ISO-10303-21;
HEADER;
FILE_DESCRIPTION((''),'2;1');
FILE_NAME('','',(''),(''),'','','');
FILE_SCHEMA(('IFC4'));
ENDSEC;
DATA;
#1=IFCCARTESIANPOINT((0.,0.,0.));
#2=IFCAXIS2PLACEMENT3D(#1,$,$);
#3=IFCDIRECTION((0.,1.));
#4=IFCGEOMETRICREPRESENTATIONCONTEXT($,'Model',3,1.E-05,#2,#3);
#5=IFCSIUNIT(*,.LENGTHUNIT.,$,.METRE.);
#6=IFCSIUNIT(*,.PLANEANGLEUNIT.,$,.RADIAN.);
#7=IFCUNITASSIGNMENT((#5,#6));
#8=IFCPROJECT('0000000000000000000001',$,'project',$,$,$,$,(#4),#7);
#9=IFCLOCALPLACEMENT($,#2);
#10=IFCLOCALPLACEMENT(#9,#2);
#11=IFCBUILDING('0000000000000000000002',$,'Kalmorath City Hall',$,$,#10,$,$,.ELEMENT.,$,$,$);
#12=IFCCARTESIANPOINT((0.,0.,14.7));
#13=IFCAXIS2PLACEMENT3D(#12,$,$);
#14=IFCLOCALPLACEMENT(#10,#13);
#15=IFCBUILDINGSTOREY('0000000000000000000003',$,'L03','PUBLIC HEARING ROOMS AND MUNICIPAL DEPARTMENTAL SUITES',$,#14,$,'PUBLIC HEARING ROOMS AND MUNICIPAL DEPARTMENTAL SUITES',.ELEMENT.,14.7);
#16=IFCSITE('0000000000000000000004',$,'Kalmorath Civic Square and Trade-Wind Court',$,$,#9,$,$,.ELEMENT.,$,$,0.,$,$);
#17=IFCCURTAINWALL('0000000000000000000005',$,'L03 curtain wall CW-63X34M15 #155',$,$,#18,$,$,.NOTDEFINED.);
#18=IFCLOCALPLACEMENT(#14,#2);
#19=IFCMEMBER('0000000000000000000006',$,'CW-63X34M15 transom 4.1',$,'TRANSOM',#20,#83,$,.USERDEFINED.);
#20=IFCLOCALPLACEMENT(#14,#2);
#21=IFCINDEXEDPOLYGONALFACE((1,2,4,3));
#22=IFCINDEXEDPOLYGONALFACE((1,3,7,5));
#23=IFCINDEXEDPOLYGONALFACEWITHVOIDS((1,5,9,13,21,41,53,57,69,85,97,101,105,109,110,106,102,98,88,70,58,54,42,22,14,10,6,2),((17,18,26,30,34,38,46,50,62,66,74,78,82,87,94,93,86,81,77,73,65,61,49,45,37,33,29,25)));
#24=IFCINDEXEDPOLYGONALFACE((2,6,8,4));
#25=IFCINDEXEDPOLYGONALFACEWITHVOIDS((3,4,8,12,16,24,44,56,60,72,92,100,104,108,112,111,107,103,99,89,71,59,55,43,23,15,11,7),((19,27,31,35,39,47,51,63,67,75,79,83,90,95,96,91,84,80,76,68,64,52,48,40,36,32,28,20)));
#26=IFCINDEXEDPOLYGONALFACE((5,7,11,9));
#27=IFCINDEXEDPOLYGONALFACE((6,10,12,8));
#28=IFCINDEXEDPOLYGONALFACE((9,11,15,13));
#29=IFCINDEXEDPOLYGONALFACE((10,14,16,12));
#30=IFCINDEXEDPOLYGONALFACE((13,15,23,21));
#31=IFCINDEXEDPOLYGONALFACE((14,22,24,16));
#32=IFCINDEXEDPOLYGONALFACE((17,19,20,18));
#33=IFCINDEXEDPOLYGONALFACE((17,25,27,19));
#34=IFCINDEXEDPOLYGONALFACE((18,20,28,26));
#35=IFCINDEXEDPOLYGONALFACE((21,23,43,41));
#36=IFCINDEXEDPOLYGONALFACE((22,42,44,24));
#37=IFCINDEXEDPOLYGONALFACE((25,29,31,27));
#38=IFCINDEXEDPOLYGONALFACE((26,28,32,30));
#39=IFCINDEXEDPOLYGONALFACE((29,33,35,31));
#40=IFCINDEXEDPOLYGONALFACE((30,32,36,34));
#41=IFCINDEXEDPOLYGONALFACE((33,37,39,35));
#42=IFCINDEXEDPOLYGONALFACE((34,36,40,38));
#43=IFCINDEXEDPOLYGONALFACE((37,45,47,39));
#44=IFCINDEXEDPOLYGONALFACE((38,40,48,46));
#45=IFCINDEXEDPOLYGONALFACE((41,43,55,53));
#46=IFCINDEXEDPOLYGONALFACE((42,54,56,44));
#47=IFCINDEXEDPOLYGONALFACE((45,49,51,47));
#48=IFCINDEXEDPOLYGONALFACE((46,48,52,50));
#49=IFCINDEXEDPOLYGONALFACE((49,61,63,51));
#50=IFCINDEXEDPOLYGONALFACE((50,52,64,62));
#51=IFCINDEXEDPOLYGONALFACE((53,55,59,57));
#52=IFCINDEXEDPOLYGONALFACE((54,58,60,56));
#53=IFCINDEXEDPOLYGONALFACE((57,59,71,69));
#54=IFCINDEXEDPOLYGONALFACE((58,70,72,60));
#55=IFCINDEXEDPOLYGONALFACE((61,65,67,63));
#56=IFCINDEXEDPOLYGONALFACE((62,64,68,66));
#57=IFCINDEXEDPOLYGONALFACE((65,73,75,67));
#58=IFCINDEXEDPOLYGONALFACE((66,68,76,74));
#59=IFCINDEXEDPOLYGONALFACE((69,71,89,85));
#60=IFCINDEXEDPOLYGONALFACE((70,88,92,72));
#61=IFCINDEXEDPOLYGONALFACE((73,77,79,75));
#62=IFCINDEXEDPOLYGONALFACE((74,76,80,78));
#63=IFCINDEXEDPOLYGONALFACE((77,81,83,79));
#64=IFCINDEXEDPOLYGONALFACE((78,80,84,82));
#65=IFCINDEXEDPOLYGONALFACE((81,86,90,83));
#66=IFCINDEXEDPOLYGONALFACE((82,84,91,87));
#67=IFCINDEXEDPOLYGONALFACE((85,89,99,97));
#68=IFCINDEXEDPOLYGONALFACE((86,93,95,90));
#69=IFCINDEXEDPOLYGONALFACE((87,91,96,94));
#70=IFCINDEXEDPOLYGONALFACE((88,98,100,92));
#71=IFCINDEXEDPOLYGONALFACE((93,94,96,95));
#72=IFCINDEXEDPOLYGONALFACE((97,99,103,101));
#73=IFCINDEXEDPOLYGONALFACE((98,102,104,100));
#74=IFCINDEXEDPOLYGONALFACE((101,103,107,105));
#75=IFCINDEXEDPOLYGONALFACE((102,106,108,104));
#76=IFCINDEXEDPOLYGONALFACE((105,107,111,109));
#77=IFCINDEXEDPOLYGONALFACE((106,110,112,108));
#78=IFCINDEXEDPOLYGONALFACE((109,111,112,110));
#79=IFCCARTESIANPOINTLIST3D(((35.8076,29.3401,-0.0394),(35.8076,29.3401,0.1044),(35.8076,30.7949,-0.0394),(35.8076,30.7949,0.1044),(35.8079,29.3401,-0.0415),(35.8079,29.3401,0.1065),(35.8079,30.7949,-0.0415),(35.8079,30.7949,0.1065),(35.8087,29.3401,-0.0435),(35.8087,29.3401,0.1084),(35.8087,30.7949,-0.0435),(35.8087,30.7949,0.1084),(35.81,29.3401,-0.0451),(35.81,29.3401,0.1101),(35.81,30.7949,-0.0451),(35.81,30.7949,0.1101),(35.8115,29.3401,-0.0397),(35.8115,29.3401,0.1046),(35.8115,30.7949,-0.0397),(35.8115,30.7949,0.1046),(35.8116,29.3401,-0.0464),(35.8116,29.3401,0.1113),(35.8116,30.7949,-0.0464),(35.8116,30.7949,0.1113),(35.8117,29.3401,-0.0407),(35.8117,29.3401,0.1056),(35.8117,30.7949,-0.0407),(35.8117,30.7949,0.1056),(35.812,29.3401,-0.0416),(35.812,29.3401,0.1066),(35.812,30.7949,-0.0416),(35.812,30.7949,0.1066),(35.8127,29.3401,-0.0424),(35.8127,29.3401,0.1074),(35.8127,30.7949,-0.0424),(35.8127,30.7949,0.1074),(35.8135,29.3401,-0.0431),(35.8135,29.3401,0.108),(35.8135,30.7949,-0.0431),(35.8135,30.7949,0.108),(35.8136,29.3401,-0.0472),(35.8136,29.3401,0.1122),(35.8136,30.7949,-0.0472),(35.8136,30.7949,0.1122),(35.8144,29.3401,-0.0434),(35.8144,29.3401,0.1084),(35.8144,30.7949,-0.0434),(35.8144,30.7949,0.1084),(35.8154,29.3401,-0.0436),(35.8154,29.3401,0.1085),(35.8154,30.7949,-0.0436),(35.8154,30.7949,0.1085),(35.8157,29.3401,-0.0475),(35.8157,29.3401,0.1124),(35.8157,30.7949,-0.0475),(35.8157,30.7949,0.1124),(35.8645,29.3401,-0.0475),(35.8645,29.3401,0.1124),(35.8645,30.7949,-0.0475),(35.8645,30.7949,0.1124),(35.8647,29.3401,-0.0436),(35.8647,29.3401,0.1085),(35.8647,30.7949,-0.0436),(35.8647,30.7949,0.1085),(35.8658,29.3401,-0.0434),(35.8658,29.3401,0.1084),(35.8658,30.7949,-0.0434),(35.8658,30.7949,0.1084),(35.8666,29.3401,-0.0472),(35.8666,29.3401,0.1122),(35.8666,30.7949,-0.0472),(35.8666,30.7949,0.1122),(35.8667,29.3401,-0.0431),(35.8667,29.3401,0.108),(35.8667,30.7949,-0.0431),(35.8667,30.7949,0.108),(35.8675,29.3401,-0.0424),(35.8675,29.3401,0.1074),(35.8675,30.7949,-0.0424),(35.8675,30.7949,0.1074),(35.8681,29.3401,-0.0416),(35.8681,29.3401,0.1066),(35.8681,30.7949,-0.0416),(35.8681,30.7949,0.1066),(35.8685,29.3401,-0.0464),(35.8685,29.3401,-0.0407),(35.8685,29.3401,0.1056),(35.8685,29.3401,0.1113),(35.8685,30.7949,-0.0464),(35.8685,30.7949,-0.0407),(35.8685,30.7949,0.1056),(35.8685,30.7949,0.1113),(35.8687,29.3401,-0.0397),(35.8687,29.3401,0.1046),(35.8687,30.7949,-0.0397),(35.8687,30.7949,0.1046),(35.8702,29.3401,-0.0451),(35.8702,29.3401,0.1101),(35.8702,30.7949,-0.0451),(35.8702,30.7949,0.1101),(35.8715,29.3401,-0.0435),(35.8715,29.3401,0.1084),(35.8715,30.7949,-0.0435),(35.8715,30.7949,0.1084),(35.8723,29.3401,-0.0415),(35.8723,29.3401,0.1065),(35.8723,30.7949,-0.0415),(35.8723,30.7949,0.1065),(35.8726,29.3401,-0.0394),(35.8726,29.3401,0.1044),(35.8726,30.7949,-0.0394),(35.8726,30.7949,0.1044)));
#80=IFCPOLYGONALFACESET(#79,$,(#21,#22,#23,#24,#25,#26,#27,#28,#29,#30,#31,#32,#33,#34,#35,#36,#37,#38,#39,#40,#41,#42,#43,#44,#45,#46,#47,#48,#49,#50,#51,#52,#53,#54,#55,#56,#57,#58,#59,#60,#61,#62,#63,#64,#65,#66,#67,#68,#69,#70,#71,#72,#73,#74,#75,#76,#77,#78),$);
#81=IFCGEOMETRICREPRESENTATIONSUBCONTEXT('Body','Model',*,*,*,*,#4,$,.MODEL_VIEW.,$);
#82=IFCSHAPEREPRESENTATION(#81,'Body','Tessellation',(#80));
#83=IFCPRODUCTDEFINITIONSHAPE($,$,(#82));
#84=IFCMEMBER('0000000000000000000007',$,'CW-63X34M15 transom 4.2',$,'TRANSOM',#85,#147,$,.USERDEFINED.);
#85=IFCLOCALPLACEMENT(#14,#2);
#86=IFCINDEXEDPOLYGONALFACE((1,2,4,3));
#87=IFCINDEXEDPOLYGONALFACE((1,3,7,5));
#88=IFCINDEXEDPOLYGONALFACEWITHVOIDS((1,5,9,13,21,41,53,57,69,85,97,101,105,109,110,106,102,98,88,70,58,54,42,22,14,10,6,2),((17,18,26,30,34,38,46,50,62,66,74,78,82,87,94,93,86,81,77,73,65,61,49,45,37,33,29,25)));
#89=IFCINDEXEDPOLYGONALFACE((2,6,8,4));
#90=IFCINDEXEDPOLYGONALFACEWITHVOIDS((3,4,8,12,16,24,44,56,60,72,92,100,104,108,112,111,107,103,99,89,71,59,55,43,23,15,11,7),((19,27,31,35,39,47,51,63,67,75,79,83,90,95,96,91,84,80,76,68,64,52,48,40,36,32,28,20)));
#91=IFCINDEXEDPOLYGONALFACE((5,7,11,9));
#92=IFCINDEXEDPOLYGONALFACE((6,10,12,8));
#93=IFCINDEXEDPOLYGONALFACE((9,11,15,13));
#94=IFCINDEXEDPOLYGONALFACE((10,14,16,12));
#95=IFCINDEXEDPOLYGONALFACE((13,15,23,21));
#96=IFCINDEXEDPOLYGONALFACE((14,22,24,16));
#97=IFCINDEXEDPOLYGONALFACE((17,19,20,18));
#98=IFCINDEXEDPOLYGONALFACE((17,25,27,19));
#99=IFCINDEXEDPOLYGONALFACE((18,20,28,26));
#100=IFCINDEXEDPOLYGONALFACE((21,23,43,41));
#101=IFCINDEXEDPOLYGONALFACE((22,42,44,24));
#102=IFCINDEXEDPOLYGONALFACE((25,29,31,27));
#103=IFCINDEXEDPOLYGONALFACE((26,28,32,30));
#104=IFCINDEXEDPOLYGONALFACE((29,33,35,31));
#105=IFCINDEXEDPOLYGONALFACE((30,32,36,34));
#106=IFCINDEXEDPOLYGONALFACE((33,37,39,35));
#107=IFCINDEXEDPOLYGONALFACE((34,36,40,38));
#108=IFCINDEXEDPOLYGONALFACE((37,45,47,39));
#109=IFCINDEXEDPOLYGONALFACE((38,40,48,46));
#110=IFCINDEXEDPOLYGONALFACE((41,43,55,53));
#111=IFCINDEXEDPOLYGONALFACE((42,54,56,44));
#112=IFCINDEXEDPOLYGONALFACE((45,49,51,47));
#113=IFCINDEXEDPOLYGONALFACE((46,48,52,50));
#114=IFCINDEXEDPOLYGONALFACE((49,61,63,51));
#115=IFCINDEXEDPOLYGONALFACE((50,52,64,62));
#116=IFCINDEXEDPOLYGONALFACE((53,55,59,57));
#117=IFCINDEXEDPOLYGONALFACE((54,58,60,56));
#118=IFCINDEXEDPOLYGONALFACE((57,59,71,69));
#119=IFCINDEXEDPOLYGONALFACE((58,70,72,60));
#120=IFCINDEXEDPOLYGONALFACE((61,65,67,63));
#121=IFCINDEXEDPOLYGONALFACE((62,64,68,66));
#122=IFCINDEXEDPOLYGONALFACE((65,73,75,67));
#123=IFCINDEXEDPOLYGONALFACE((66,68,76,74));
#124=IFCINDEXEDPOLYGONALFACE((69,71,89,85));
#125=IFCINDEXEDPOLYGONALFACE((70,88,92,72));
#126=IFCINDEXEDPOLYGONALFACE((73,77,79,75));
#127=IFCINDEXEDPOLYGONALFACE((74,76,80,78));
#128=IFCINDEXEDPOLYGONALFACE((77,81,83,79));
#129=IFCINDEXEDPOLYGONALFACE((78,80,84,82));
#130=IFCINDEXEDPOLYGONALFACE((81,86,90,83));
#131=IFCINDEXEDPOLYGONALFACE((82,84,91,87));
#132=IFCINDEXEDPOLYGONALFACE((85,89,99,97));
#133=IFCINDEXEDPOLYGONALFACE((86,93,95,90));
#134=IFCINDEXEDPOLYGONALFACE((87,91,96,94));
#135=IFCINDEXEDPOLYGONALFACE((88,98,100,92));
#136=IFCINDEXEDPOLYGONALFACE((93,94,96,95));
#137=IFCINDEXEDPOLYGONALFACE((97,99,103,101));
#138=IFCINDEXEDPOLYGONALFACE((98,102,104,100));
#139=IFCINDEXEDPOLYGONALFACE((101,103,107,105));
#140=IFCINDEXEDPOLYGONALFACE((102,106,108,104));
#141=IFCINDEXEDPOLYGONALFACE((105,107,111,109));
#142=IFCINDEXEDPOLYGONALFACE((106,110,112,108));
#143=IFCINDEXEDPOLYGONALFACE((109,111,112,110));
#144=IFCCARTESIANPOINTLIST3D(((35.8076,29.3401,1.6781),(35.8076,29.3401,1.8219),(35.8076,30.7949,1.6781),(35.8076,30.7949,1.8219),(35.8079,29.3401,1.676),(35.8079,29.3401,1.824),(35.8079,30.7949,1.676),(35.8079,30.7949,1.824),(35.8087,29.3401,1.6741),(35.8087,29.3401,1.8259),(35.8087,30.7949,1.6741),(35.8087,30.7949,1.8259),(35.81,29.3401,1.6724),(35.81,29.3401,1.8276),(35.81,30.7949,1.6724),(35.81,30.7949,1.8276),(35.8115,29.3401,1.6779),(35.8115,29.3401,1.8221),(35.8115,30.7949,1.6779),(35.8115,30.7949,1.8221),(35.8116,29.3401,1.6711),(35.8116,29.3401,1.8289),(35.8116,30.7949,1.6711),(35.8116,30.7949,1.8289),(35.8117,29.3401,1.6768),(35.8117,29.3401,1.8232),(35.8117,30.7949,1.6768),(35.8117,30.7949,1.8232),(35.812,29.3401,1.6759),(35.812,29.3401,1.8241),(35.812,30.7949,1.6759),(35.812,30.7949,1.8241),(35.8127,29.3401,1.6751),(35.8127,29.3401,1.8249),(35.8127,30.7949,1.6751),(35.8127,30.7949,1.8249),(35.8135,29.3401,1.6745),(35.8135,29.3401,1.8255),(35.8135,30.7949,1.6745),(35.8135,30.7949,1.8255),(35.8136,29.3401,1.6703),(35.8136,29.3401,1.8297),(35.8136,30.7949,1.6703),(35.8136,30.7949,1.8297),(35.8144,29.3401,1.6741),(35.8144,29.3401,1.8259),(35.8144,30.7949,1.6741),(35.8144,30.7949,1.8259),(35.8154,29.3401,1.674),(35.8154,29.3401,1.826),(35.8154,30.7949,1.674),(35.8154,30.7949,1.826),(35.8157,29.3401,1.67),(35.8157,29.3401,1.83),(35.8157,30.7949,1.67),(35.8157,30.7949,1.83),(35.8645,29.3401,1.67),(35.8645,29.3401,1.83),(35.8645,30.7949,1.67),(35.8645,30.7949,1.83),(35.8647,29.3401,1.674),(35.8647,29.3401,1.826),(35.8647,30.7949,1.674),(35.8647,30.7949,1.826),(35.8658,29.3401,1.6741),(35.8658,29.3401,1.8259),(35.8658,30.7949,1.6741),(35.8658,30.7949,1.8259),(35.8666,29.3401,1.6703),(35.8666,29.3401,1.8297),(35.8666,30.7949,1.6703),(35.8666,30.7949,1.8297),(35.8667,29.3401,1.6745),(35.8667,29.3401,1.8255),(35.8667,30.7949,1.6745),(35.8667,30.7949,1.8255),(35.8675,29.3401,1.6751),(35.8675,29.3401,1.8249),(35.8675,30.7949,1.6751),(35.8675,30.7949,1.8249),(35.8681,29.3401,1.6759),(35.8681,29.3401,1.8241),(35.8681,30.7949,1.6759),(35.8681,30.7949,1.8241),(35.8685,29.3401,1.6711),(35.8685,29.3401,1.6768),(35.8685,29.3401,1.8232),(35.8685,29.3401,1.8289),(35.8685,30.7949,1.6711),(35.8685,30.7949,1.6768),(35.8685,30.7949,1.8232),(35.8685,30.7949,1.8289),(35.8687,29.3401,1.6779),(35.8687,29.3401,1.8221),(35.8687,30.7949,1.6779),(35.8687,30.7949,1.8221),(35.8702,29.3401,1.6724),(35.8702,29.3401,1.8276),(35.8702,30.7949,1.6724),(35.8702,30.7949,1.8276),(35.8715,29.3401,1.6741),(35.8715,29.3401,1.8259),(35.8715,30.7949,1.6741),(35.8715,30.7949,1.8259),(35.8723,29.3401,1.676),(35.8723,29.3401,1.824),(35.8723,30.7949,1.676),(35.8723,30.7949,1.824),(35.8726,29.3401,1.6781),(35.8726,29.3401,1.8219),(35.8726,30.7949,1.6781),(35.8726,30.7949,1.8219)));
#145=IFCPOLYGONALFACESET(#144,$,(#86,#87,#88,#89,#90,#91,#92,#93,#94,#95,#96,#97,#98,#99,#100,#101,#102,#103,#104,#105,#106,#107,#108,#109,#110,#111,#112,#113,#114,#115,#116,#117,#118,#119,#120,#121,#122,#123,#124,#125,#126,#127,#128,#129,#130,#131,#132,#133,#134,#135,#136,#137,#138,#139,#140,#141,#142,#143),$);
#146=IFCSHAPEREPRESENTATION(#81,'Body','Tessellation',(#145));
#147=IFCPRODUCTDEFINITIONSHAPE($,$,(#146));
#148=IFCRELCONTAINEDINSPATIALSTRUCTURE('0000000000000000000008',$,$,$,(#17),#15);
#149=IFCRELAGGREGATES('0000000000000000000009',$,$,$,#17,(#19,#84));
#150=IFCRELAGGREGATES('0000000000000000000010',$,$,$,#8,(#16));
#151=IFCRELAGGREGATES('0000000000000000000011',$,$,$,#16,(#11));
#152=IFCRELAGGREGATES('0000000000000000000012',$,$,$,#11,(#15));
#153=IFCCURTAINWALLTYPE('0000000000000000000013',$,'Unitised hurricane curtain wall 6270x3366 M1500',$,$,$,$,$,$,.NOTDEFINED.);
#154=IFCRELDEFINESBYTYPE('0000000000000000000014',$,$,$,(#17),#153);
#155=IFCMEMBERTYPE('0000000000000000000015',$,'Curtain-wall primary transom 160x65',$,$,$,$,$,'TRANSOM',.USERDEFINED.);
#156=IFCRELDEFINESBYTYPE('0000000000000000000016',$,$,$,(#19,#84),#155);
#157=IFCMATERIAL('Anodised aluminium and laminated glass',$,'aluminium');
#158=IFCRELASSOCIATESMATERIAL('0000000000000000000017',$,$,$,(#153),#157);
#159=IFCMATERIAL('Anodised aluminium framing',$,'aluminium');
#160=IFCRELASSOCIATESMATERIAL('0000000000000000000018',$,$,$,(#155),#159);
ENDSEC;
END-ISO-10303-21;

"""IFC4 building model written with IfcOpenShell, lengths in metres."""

from ifc_helpers import new_model, si_unit, direction, frame, origin, origin_2d, place, context, subcontext, project, spatial, hollow_rectangle, extrude, material, material_profile, profile_set, type_object, element, aggregate, save


model = new_model("IFC4")

# Units and contexts
model_context = context("Model", 3, precision=1e-05, world=origin(), true_north=direction((0.0, 1.0)))
body_context = subcontext(model_context, "Body", "Model", "MODEL_VIEW")
ifc_project = project(units=[si_unit("LENGTHUNIT", "METRE"), si_unit("PLANEANGLEUNIT", "RADIAN")], contexts=[model_context])

# Site, building, storey
site_placement = place(None, origin())
site = spatial("IfcSite", under=ifc_project, at=site_placement, Name="Kalmorath Civic Square and Trade-Wind Court", CompositionType="ELEMENT", RefElevation=0.0)
building_placement = place(site_placement, origin())
building = spatial("IfcBuilding", under=site, at=building_placement, Name="Kalmorath City Hall", CompositionType="ELEMENT")
storey_placement = place(building_placement, frame((0.0, 0.0, 14.7)))
storey = spatial("IfcBuildingStorey", under=building, at=storey_placement, Name="L03", Description="PUBLIC HEARING ROOMS AND MUNICIPAL DEPARTMENTAL SUITES", LongName="PUBLIC HEARING ROOMS AND MUNICIPAL DEPARTMENTAL SUITES", CompositionType="ELEMENT", Elevation=14.7)

# Curtain wall, members
ifc_material_1 = material(Name="Anodised aluminium and laminated glass", Category="aluminium")
curtain_wall_type = type_object("IfcCurtainWallType", Name="Unitised hurricane curtain wall 6270x3366 M1500", PredefinedType="NOTDEFINED", material=ifc_material_1)
curtain_wall_placement = place(storey_placement, origin())
curtain_wall = element("IfcCurtainWall", 1, at=curtain_wall_placement, inside=storey, type_object=curtain_wall_type, Name="L03 curtain wall CW-63X34M15 #155", PredefinedType="NOTDEFINED")
ifc_material_2 = material(Name="Anodised aluminium framing", Category="aluminium")
ifc_material_profile_1 = material_profile(ifc_material_2, hollow_rectangle(XDim=0.0649, YDim=0.1599, WallThickness=0.0039, InnerFilletRadius=0.0039, OuterFilletRadius=0.0081, at=origin_2d()), Name="ALU-TRN-160X65X4")
ifc_profile_set_1 = profile_set([ifc_material_profile_1], Name="Anodised aluminium framing")
member_type_1 = type_object("IfcMemberType", Name="Curtain-wall primary transom 160x65", ElementType="TRANSOM", PredefinedType="USERDEFINED", material=ifc_profile_set_1)
member_1_placement = place(storey_placement, frame((35.8401, 30.7949, 0.0325), z_axis=(0.0, -1.0, 0.0), x_axis=(1.0, 0.0, 0.0)))
member_1 = element("IfcMember", 2, at=member_1_placement, type_object=member_type_1, Name="CW-63X34M15 transom 4.1", ObjectType="TRANSOM", PredefinedType="USERDEFINED", context=body_context, shape_type="SweptSolid", body=[
    extrude(hollow_rectangle(XDim=0.0649, YDim=0.1599, WallThickness=0.0039, InnerFilletRadius=0.0039, OuterFilletRadius=0.0081, at=origin_2d()), origin(), (0.0, 0.0, 1.0), 1.4548),
])
member_2_placement = place(storey_placement, frame((35.8401, 30.7949, 1.75), z_axis=(0.0, -1.0, 0.0), x_axis=(1.0, 0.0, 0.0)))
member_2 = element("IfcMember", 3, at=member_2_placement, type_object=member_type_1, Name="CW-63X34M15 transom 4.2", ObjectType="TRANSOM", PredefinedType="USERDEFINED", context=body_context, shape_type="SweptSolid", body=[
    extrude(hollow_rectangle(XDim=0.0649, YDim=0.1599, WallThickness=0.0039, InnerFilletRadius=0.0039, OuterFilletRadius=0.0081, at=origin_2d()), origin(), (0.0, 0.0, 1.0), 1.4548),
])
aggregate(curtain_wall, [member_1, member_2])

save(model, "model.ifc")
